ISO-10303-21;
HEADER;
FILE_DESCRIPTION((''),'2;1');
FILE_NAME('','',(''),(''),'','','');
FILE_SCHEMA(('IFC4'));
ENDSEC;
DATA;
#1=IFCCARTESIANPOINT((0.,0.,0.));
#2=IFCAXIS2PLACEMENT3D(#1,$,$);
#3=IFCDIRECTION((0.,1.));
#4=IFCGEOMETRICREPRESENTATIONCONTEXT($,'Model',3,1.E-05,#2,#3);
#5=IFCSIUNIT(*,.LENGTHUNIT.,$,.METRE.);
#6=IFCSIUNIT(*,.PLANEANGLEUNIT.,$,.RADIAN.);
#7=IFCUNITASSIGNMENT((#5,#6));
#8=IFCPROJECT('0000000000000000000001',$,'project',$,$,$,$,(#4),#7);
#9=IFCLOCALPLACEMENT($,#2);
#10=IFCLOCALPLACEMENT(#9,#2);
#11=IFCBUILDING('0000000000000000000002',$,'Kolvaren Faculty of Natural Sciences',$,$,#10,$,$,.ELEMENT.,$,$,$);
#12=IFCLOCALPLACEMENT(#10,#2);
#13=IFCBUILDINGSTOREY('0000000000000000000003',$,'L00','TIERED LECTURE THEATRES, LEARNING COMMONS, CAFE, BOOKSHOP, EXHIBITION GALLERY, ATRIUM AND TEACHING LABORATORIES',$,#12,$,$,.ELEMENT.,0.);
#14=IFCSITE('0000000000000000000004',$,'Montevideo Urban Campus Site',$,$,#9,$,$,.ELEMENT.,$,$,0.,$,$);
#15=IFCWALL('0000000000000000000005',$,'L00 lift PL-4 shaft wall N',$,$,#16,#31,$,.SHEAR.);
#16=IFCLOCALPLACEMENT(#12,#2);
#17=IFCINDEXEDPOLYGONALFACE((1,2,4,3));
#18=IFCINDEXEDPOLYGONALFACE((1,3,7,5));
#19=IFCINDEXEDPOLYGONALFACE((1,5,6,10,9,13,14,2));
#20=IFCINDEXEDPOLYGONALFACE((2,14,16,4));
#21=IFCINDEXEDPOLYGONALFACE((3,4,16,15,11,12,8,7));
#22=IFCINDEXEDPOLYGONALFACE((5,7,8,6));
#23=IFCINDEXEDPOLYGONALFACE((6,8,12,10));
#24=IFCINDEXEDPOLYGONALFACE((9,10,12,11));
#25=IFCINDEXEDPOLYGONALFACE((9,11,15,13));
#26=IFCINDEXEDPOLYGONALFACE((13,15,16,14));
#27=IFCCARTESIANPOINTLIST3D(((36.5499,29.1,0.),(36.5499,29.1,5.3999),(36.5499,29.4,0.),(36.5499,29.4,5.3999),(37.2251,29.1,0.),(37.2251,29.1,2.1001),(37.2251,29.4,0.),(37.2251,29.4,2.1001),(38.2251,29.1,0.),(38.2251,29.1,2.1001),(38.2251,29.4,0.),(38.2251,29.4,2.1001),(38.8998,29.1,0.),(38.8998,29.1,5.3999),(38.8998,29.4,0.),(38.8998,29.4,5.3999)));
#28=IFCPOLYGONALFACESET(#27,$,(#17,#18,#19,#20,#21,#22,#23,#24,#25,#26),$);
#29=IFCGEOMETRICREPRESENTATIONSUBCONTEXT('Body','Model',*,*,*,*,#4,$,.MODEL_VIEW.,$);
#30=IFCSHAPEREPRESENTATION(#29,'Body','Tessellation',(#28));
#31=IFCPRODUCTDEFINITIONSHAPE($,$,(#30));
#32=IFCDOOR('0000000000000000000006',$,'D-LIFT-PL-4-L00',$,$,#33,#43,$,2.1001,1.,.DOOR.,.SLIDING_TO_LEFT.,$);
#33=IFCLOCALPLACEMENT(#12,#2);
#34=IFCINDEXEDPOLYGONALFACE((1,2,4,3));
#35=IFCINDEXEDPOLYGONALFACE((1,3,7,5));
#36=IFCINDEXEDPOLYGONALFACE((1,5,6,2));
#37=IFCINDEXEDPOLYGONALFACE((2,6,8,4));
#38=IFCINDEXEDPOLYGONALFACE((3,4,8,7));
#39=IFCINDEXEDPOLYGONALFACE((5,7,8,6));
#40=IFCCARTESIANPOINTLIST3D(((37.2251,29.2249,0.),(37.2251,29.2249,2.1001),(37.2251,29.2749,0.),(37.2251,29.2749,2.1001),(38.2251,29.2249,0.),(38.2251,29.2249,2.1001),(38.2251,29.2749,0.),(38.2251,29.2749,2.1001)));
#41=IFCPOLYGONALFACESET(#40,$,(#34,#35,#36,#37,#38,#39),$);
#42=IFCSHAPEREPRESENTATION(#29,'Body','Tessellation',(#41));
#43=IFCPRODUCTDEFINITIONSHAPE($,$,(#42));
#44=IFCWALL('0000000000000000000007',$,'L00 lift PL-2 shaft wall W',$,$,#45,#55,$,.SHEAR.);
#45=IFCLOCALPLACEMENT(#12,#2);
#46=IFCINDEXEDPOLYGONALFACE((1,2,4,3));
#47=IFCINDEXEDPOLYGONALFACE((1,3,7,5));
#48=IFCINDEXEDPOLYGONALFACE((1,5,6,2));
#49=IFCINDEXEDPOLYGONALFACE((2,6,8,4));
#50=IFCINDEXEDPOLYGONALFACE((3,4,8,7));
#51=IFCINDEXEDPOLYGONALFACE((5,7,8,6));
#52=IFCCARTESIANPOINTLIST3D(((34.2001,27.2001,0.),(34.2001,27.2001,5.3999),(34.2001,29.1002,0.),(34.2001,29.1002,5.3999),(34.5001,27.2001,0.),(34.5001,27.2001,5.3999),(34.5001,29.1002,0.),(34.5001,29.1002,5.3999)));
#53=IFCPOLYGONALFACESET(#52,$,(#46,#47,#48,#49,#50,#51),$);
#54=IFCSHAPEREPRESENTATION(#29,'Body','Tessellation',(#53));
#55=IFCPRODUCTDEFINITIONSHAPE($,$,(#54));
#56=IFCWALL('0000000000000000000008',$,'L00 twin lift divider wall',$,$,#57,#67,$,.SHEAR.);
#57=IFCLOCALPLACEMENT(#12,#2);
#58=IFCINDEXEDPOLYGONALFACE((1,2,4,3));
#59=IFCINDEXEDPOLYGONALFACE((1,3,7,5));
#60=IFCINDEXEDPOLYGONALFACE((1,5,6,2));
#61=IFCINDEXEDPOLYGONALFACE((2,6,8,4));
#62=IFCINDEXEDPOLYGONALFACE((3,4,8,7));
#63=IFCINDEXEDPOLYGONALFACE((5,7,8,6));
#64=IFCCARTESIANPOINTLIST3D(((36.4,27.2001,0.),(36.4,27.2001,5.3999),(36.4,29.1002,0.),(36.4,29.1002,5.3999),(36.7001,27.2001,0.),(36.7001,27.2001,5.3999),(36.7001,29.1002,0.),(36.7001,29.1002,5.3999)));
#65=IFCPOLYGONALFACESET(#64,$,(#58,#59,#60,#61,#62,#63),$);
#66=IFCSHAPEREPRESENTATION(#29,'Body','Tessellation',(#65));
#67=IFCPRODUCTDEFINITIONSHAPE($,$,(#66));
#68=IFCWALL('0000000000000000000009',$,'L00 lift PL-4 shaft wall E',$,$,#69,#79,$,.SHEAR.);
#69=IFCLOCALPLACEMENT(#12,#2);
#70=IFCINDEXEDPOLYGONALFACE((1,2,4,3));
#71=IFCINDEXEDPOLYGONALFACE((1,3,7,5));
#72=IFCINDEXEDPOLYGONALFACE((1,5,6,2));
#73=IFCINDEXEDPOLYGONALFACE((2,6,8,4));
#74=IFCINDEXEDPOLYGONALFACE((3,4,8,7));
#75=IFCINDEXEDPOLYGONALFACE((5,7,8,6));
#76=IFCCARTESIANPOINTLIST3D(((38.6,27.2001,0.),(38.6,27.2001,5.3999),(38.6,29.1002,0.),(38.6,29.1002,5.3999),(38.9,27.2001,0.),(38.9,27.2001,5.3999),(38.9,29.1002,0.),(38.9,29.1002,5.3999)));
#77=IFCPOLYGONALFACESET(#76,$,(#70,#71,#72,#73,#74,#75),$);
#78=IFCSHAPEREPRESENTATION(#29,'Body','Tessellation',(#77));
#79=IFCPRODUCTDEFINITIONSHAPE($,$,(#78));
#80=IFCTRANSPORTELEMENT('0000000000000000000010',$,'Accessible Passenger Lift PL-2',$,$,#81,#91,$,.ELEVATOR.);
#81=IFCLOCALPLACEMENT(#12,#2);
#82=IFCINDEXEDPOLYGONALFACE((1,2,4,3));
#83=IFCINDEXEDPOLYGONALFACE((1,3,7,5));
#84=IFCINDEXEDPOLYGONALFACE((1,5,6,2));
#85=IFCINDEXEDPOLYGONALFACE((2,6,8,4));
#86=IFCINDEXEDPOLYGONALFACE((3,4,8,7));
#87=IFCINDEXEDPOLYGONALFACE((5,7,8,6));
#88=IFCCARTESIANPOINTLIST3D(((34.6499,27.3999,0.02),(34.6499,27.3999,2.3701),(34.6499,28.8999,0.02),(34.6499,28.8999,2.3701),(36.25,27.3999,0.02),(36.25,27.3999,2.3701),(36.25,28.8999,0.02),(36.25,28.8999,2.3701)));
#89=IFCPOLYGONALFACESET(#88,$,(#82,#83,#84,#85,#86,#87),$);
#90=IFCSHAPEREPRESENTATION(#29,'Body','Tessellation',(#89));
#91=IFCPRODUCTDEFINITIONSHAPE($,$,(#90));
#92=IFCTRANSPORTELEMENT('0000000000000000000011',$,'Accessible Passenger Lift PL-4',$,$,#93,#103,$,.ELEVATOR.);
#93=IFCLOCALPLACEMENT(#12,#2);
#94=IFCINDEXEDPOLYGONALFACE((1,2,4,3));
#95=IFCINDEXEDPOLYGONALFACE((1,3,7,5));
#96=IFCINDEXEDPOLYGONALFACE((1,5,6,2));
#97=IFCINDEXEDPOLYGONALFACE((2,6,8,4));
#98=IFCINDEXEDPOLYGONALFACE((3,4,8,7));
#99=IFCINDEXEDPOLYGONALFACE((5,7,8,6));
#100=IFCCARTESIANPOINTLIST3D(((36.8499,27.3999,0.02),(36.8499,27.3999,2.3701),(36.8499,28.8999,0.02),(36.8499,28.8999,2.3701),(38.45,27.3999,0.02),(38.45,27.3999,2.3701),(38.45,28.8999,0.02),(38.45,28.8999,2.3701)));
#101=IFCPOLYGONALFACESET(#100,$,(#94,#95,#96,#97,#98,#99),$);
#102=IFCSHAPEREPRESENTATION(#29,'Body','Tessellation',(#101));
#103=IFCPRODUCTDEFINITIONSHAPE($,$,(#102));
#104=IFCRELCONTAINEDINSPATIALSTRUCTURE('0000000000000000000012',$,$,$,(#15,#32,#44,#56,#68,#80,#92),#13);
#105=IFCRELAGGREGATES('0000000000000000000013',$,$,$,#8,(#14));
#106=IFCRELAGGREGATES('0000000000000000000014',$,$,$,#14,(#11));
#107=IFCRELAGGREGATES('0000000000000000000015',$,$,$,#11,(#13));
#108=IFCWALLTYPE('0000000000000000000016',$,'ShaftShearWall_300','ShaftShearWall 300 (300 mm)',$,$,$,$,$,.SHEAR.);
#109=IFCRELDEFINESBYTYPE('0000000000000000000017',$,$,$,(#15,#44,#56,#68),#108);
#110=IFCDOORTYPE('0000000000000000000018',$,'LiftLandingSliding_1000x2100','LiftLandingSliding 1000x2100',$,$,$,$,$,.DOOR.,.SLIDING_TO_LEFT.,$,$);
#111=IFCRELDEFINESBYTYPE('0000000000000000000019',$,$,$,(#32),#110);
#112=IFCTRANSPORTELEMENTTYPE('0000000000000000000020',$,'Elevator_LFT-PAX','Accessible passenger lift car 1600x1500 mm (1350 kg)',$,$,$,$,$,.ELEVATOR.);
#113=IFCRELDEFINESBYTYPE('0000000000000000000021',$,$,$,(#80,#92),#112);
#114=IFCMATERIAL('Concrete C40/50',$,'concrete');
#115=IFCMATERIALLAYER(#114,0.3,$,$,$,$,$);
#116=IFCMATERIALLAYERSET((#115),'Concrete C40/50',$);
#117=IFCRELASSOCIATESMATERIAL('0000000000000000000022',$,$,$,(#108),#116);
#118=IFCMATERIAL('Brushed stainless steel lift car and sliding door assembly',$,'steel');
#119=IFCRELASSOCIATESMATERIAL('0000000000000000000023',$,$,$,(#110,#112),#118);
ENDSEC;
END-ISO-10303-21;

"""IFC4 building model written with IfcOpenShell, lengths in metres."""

from ifc_helpers import new_model, si_unit, direction, frame, frame_2d, origin, origin_2d, place, context, subcontext, project, spatial, rectangle, extrude, material, layer, layer_set, type_object, element, fill, save


model = new_model("IFC4")

# Units and contexts
model_context = context("Model", 3, precision=1e-05, world=origin(), true_north=direction((0.0, 1.0)))
body_context = subcontext(model_context, "Body", "Model", "MODEL_VIEW")
ifc_project = project(units=[si_unit("LENGTHUNIT", "METRE"), si_unit("PLANEANGLEUNIT", "RADIAN")], contexts=[model_context])

# Site, building, storey
site_placement = place(None, origin())
site = spatial("IfcSite", under=ifc_project, at=site_placement, Name="Montevideo Urban Campus Site", CompositionType="ELEMENT", RefElevation=0.0)
building_placement = place(site_placement, origin())
building = spatial("IfcBuilding", under=site, at=building_placement, Name="Kolvaren Faculty of Natural Sciences", CompositionType="ELEMENT")
storey_placement = place(building_placement, origin())
storey = spatial("IfcBuildingStorey", under=building, at=storey_placement, Name="L00", Description="TIERED LECTURE THEATRES, LEARNING COMMONS, CAFE, BOOKSHOP, EXHIBITION GALLERY, ATRIUM AND TEACHING LABORATORIES", CompositionType="ELEMENT", Elevation=0.0)

# Shared definitions
ifc_material_1 = material(Name="Concrete C40/50", Category="concrete")

# Shared definitions
ifc_layer_1 = layer(ifc_material_1, 0.3)
ifc_layer_set_1 = layer_set([ifc_layer_1], Name="Concrete C40/50")
wall_type_1 = type_object("IfcWallType", Name="ShaftShearWall_300", Description="ShaftShearWall 300 (300 mm)", PredefinedType="SHEAR", material=ifc_layer_set_1)

# Wall, opening, door
ifc_material_2 = material(Name="Brushed stainless steel lift car and sliding door assembly", Category="steel")
door_type_1 = type_object("IfcDoorType", Name="LiftLandingSliding_1000x2100", Description="LiftLandingSliding 1000x2100", OperationType="SLIDING_TO_LEFT", PredefinedType="DOOR", material=ifc_material_2)
wall_1_placement = place(storey_placement, frame((36.55, 29.25, 0.0), z_axis=(0.0, 0.0, 1.0), x_axis=(1.0, 0.0, 0.0)))
wall_1 = element("IfcWall", 1, at=wall_1_placement, inside=storey, type_object=wall_type_1, Name="L00 lift PL-4 shaft wall N", PredefinedType="SHEAR", context=body_context, shape_type="SweptSolid", body=[
    extrude(rectangle(XDim=2.3499, YDim=0.3, at=frame_2d((1.1748, 0.0))), origin(), (0.0, 0.0, 1.0), 5.3999),
])
opening_1_placement = place(wall_1_placement, frame((0.675, 0.0, 0.0)))
opening_1 = element("IfcOpeningElement", 2, at=opening_1_placement, cuts=wall_1, PredefinedType="OPENING", context=body_context, shape_type="SweptSolid", body=[
    extrude(rectangle(XDim=1.0, YDim=2.1001, at=frame_2d((0.5, 1.05))), frame((0.0, 0.1599, 0.0), z_axis=(0.0, -1.0, 0.0), x_axis=(1.0, 0.0, 0.0)), (0.0, 0.0, 1.0), 0.3201),
])
door_1_placement = place(opening_1_placement, origin())
door_1 = element("IfcDoor", 3, at=door_1_placement, inside=storey, type_object=door_type_1, Name="D-LIFT-PL-4-L00", OperationType="SLIDING_TO_LEFT", OverallHeight=2.1001, OverallWidth=1.0, PredefinedType="DOOR", context=body_context, shape_type="SweptSolid", body=[
    extrude(rectangle(XDim=1.0, YDim=2.1001, at=frame_2d((0.5, 1.05))), frame((0.0, 0.0249, 0.0), z_axis=(0.0, -1.0, 0.0), x_axis=(1.0, 0.0, 0.0)), (0.0, 0.0, 1.0), 0.05),
])
fill(opening_1, door_1)

# Walls
for number, where, z_axis, x_axis, name in (
    (4, (34.3501, 27.2, 0.0), (0.0, 0.0, 1.0), (0.0, 1.0, 0.0), "L00 lift PL-2 shaft wall W"),
    (5, (36.55, 27.2, 0.0), (0.0, 0.0, 1.0), (0.0, 1.0, 0.0), "L00 twin lift divider wall"),
    (6, (38.75, 27.2, 0.0), (0.0, 0.0, 1.0), (0.0, 1.0, 0.0), "L00 lift PL-4 shaft wall E"),
):
    element("IfcWall", number, at=place(storey_placement, frame(where, z_axis=z_axis, x_axis=x_axis)), inside=storey, type_object=wall_type_1, Name=name, PredefinedType="SHEAR", context=body_context, shape_type="SweptSolid", body=[
        extrude(rectangle(XDim=1.9001, YDim=0.3, at=frame_2d((0.9502, 0.0))), origin(), (0.0, 0.0, 1.0), 5.3999),
    ])

# Transport elements
transport_element_type = type_object("IfcTransportElementType", Name="Elevator_LFT-PAX", Description="Accessible passenger lift car 1600x1500 mm (1350 kg)", PredefinedType="ELEVATOR", material=ifc_material_2)
for number, where, z_axis, x_axis, name in (
    (7, (35.45, 28.1499, 0.02), (0.0, 0.0, 1.0), (1.0, 0.0, 0.0), "Accessible Passenger Lift PL-2"),
    (8, (37.6499, 28.1499, 0.02), (0.0, 0.0, 1.0), (1.0, 0.0, 0.0), "Accessible Passenger Lift PL-4"),
):
    element("IfcTransportElement", number, at=place(storey_placement, frame(where, z_axis=z_axis, x_axis=x_axis)), inside=storey, type_object=transport_element_type, Name=name, PredefinedType="ELEVATOR", context=body_context, shape_type="SweptSolid", body=[
        extrude(rectangle(XDim=1.6001, YDim=1.5, at=origin_2d()), origin(), (0.0, 0.0, 1.0), 2.3501),
    ])

save(model, "model.ifc")
